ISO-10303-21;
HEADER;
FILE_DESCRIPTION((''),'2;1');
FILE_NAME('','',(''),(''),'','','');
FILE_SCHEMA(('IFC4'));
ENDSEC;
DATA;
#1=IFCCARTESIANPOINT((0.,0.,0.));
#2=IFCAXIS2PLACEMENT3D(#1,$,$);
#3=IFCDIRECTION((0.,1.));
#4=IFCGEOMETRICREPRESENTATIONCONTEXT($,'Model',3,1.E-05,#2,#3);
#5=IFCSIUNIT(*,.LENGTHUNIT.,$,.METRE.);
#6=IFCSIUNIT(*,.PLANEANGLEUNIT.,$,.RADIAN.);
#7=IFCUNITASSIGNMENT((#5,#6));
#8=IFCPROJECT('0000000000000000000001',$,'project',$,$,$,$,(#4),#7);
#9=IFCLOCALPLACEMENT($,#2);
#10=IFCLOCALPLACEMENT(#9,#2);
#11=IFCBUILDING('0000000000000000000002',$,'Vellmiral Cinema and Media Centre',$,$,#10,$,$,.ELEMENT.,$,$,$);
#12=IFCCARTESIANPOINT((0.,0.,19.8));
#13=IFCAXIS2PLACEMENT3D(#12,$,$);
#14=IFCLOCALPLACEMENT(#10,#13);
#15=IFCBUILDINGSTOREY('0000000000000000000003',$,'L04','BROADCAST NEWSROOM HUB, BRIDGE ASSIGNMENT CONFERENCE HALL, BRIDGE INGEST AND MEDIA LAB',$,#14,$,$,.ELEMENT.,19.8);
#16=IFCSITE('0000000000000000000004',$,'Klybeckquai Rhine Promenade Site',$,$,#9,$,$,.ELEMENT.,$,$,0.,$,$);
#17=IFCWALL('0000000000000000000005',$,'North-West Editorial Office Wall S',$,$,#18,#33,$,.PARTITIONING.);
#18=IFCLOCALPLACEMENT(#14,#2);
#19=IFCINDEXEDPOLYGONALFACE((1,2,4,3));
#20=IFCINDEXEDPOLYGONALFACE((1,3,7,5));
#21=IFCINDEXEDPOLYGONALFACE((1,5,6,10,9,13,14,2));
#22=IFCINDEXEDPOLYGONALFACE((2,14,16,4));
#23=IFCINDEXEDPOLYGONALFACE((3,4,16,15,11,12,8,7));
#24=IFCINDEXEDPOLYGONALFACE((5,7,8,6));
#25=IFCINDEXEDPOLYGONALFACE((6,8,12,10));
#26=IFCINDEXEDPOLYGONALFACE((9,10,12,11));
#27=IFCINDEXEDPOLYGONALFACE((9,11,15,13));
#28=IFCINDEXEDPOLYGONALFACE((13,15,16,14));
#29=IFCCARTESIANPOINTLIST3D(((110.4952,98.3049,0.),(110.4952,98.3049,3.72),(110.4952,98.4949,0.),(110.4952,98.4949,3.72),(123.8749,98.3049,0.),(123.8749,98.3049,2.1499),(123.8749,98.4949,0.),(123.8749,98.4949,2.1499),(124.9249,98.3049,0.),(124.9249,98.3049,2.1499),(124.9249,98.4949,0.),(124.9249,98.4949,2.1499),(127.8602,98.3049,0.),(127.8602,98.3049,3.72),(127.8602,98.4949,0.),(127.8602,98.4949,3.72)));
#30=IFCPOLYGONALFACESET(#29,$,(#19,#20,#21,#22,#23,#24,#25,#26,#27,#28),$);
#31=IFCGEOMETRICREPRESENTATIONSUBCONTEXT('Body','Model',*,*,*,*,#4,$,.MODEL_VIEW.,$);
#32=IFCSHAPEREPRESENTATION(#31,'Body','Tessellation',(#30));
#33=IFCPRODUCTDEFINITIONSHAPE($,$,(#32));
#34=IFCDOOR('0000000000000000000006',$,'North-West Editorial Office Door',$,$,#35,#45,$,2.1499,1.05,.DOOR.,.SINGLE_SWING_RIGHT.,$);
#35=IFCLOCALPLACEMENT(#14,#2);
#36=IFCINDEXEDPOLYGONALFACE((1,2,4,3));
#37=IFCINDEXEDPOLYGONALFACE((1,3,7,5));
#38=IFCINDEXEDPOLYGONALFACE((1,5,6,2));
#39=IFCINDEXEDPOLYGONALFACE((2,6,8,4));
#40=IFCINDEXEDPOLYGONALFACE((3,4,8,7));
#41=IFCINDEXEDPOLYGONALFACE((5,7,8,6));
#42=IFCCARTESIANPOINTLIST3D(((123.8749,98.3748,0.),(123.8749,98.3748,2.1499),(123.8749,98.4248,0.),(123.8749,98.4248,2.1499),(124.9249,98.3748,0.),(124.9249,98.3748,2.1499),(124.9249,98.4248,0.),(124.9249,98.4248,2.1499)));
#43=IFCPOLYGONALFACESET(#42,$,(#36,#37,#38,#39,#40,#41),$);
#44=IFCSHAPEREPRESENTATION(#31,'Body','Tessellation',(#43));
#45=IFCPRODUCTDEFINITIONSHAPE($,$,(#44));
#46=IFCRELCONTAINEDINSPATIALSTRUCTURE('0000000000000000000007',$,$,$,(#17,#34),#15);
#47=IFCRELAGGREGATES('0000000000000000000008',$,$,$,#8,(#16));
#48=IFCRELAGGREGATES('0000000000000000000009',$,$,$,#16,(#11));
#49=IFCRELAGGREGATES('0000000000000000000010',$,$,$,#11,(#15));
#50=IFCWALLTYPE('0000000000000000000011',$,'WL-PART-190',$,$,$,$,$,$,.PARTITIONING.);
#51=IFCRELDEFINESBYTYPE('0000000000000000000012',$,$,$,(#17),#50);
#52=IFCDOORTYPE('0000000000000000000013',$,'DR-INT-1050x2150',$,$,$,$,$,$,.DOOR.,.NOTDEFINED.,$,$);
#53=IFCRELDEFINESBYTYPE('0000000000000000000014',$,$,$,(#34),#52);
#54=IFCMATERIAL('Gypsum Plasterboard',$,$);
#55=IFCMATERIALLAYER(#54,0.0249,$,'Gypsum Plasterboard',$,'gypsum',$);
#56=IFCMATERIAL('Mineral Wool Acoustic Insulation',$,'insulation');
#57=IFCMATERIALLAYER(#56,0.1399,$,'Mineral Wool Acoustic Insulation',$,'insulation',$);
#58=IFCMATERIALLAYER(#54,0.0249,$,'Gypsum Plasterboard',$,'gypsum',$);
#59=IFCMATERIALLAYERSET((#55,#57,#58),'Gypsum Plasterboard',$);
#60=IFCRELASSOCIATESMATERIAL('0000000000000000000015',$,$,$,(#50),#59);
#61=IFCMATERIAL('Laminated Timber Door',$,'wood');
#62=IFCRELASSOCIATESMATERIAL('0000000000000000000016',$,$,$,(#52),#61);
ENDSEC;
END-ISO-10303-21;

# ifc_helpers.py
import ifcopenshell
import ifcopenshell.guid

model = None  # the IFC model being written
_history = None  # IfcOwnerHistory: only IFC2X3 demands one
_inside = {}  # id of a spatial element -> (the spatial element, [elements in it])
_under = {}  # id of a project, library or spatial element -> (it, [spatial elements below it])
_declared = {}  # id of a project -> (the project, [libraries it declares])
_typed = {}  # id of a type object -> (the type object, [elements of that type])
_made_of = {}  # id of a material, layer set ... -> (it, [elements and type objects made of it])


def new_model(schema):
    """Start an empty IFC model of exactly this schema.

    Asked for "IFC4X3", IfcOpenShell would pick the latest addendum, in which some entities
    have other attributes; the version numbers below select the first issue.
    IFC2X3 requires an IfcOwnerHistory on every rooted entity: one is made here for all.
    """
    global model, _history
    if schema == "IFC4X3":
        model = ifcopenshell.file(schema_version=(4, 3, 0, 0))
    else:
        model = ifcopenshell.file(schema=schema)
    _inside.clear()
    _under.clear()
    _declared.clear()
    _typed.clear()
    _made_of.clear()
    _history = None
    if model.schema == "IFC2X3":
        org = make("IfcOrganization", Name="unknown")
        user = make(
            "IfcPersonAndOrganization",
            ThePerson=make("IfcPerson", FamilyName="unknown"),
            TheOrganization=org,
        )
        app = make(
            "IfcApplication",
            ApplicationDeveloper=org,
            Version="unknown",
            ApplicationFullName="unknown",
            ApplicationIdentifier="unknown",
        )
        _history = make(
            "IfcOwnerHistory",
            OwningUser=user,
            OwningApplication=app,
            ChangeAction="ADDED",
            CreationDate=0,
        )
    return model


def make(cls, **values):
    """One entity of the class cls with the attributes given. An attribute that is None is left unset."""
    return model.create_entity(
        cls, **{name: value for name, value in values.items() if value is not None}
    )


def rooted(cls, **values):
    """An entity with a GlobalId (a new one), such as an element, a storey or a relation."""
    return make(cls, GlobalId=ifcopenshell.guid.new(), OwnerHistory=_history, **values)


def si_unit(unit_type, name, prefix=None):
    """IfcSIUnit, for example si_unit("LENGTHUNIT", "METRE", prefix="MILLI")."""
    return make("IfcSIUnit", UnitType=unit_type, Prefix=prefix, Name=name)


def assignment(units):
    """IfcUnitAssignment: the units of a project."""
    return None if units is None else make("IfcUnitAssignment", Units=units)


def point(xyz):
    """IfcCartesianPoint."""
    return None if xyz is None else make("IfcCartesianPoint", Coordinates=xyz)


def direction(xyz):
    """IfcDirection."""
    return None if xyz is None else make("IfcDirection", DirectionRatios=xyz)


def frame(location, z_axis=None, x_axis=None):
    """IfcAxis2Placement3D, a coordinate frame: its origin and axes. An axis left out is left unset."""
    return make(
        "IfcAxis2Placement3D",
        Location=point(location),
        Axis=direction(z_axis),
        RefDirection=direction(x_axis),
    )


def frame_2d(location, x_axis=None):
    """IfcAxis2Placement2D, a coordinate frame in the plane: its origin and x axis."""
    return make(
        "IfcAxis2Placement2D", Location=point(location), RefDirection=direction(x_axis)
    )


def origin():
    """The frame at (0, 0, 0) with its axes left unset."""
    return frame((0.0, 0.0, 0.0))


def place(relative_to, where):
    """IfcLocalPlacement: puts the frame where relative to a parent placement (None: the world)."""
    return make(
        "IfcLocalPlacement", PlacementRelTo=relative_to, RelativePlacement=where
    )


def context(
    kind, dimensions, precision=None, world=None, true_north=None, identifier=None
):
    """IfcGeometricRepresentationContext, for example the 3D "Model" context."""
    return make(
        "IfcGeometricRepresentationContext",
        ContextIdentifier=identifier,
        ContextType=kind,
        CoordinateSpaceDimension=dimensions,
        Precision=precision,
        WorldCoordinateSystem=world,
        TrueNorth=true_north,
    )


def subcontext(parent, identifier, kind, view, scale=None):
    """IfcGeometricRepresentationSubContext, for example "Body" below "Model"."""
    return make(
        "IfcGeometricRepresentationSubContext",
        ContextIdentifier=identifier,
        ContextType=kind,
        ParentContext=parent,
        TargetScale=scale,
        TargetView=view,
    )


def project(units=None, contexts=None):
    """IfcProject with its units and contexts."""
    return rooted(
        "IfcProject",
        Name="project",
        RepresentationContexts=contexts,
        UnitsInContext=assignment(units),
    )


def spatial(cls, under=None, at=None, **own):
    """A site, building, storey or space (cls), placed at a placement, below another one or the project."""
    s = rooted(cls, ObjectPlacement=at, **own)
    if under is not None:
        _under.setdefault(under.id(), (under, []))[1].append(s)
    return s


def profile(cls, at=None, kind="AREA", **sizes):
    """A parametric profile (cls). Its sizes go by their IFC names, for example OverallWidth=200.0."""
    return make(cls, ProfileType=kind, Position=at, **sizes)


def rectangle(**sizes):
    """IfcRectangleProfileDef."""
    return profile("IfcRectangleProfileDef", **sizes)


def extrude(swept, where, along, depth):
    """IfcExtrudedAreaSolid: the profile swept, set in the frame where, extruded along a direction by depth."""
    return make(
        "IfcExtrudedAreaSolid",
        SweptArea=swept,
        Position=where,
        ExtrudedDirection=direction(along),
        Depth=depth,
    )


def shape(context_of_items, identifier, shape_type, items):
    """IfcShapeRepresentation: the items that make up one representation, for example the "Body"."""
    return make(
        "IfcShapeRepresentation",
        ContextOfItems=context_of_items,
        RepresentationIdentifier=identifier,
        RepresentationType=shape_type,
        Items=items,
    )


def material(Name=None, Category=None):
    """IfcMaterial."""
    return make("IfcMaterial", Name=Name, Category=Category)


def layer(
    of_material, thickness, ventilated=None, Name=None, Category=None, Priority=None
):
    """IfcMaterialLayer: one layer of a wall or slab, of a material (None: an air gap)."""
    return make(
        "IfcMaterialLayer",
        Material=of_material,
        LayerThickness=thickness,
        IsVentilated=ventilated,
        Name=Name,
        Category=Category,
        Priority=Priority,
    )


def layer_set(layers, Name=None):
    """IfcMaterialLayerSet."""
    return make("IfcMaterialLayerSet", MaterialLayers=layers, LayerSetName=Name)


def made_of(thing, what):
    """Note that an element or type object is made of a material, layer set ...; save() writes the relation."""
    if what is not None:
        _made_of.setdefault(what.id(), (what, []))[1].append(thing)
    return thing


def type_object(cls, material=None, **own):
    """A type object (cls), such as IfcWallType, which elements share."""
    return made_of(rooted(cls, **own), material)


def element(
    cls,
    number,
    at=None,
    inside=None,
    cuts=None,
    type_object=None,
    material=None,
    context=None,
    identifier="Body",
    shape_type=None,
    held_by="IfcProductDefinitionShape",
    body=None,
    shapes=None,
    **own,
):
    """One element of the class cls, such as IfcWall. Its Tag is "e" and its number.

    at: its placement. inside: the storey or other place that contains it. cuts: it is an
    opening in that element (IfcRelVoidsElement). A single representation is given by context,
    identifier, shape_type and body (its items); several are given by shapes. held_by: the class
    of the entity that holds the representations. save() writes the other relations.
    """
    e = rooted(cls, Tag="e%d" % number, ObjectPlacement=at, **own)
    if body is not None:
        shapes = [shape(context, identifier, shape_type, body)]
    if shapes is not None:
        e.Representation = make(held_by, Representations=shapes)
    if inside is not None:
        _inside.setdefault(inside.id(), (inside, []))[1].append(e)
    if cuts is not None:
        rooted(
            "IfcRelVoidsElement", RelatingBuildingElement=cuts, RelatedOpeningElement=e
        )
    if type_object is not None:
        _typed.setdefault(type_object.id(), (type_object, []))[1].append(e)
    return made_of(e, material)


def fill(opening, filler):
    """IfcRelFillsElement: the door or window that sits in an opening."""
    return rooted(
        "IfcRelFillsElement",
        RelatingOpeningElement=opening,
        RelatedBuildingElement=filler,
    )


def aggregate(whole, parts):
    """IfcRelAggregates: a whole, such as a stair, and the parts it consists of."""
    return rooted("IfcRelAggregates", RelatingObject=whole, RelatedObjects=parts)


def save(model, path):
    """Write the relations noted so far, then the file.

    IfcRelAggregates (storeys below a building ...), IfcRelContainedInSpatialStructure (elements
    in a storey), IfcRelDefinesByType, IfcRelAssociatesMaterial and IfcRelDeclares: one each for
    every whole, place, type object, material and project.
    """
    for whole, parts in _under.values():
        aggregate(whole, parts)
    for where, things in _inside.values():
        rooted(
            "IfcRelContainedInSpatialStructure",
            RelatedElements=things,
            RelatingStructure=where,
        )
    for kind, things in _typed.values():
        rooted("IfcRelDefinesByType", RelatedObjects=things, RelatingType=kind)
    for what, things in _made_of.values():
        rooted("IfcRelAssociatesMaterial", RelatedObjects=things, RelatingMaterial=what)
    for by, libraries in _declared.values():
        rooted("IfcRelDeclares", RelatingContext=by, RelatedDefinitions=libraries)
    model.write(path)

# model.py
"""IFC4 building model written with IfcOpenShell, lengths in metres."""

from ifc_helpers import new_model, si_unit, direction, frame, frame_2d, origin, place, context, subcontext, project, spatial, rectangle, extrude, material, layer, layer_set, type_object, element, fill, save


model = new_model("IFC4")

# Units and contexts
model_context = context("Model", 3, precision=1e-05, world=origin(), true_north=direction((0.0, 1.0)))
body_context = subcontext(model_context, "Body", "Model", "MODEL_VIEW")
ifc_project = project(units=[si_unit("LENGTHUNIT", "METRE"), si_unit("PLANEANGLEUNIT", "RADIAN")], contexts=[model_context])

# Site, building, storey
site_placement = place(None, origin())
site = spatial("IfcSite", under=ifc_project, at=site_placement, Name="Klybeckquai Rhine Promenade Site", CompositionType="ELEMENT", RefElevation=0.0)
building_placement = place(site_placement, origin())
building = spatial("IfcBuilding", under=site, at=building_placement, Name="Vellmiral Cinema and Media Centre", CompositionType="ELEMENT")
storey_placement = place(building_placement, frame((0.0, 0.0, 19.8)))
storey = spatial("IfcBuildingStorey", under=building, at=storey_placement, Name="L04", Description="BROADCAST NEWSROOM HUB, BRIDGE ASSIGNMENT CONFERENCE HALL, BRIDGE INGEST AND MEDIA LAB", CompositionType="ELEMENT", Elevation=19.8)

# Wall, opening, door
ifc_material_1 = material(Name="Gypsum Plasterboard")
ifc_layer_1 = layer(ifc_material_1, 0.0249, Name="Gypsum Plasterboard", Category="gypsum")
ifc_material_2 = material(Name="Mineral Wool Acoustic Insulation", Category="insulation")
ifc_layer_2 = layer(ifc_material_2, 0.1399, Name="Mineral Wool Acoustic Insulation", Category="insulation")
ifc_layer_3 = layer(ifc_material_1, 0.0249, Name="Gypsum Plasterboard", Category="gypsum")
ifc_layer_set_1 = layer_set([ifc_layer_1, ifc_layer_2, ifc_layer_3], Name="Gypsum Plasterboard")
wall_type = type_object("IfcWallType", Name="WL-PART-190", PredefinedType="PARTITIONING", material=ifc_layer_set_1)
wall_placement = place(storey_placement, frame((110.4951, 98.3999, 0.0), z_axis=(0.0, 0.0, 1.0), x_axis=(1.0, 0.0, 0.0)))
wall = element("IfcWall", 1, at=wall_placement, inside=storey, type_object=wall_type, Name="North-West Editorial Office Wall S", PredefinedType="PARTITIONING", context=body_context, shape_type="SweptSolid", body=[
    extrude(rectangle(XDim=17.365, YDim=0.1899, at=frame_2d((8.6826, 0.0))), origin(), (0.0, 0.0, 1.0), 3.72),
])
opening_placement = place(wall_placement, frame((13.3799, 0.0, 0.0)))
opening = element("IfcOpeningElement", 2, at=opening_placement, cuts=wall, PredefinedType="OPENING", context=body_context, shape_type="SweptSolid", body=[
    extrude(rectangle(XDim=1.05, YDim=2.1499, at=frame_2d((0.5249, 1.075))), frame((0.0, 0.1069, 0.0), z_axis=(0.0, -1.0, 0.0), x_axis=(1.0, 0.0, 0.0)), (0.0, 0.0, 1.0), 0.2139),
])
ifc_material_3 = material(Name="Laminated Timber Door", Category="wood")
door_type = type_object("IfcDoorType", Name="DR-INT-1050x2150", OperationType="NOTDEFINED", PredefinedType="DOOR", material=ifc_material_3)
door_placement = place(opening_placement, origin())
door = element("IfcDoor", 3, at=door_placement, inside=storey, type_object=door_type, Name="North-West Editorial Office Door", OperationType="SINGLE_SWING_RIGHT", OverallHeight=2.1499, OverallWidth=1.05, PredefinedType="DOOR", context=body_context, shape_type="SweptSolid", body=[
    extrude(rectangle(XDim=1.05, YDim=2.1499, at=frame_2d((0.5249, 1.075))), frame((0.0, 0.0249, 0.0), z_axis=(0.0, -1.0, 0.0), x_axis=(1.0, 0.0, 0.0)), (0.0, 0.0, 1.0), 0.05),
])
fill(opening, door)

save(model, "model.ifc")
